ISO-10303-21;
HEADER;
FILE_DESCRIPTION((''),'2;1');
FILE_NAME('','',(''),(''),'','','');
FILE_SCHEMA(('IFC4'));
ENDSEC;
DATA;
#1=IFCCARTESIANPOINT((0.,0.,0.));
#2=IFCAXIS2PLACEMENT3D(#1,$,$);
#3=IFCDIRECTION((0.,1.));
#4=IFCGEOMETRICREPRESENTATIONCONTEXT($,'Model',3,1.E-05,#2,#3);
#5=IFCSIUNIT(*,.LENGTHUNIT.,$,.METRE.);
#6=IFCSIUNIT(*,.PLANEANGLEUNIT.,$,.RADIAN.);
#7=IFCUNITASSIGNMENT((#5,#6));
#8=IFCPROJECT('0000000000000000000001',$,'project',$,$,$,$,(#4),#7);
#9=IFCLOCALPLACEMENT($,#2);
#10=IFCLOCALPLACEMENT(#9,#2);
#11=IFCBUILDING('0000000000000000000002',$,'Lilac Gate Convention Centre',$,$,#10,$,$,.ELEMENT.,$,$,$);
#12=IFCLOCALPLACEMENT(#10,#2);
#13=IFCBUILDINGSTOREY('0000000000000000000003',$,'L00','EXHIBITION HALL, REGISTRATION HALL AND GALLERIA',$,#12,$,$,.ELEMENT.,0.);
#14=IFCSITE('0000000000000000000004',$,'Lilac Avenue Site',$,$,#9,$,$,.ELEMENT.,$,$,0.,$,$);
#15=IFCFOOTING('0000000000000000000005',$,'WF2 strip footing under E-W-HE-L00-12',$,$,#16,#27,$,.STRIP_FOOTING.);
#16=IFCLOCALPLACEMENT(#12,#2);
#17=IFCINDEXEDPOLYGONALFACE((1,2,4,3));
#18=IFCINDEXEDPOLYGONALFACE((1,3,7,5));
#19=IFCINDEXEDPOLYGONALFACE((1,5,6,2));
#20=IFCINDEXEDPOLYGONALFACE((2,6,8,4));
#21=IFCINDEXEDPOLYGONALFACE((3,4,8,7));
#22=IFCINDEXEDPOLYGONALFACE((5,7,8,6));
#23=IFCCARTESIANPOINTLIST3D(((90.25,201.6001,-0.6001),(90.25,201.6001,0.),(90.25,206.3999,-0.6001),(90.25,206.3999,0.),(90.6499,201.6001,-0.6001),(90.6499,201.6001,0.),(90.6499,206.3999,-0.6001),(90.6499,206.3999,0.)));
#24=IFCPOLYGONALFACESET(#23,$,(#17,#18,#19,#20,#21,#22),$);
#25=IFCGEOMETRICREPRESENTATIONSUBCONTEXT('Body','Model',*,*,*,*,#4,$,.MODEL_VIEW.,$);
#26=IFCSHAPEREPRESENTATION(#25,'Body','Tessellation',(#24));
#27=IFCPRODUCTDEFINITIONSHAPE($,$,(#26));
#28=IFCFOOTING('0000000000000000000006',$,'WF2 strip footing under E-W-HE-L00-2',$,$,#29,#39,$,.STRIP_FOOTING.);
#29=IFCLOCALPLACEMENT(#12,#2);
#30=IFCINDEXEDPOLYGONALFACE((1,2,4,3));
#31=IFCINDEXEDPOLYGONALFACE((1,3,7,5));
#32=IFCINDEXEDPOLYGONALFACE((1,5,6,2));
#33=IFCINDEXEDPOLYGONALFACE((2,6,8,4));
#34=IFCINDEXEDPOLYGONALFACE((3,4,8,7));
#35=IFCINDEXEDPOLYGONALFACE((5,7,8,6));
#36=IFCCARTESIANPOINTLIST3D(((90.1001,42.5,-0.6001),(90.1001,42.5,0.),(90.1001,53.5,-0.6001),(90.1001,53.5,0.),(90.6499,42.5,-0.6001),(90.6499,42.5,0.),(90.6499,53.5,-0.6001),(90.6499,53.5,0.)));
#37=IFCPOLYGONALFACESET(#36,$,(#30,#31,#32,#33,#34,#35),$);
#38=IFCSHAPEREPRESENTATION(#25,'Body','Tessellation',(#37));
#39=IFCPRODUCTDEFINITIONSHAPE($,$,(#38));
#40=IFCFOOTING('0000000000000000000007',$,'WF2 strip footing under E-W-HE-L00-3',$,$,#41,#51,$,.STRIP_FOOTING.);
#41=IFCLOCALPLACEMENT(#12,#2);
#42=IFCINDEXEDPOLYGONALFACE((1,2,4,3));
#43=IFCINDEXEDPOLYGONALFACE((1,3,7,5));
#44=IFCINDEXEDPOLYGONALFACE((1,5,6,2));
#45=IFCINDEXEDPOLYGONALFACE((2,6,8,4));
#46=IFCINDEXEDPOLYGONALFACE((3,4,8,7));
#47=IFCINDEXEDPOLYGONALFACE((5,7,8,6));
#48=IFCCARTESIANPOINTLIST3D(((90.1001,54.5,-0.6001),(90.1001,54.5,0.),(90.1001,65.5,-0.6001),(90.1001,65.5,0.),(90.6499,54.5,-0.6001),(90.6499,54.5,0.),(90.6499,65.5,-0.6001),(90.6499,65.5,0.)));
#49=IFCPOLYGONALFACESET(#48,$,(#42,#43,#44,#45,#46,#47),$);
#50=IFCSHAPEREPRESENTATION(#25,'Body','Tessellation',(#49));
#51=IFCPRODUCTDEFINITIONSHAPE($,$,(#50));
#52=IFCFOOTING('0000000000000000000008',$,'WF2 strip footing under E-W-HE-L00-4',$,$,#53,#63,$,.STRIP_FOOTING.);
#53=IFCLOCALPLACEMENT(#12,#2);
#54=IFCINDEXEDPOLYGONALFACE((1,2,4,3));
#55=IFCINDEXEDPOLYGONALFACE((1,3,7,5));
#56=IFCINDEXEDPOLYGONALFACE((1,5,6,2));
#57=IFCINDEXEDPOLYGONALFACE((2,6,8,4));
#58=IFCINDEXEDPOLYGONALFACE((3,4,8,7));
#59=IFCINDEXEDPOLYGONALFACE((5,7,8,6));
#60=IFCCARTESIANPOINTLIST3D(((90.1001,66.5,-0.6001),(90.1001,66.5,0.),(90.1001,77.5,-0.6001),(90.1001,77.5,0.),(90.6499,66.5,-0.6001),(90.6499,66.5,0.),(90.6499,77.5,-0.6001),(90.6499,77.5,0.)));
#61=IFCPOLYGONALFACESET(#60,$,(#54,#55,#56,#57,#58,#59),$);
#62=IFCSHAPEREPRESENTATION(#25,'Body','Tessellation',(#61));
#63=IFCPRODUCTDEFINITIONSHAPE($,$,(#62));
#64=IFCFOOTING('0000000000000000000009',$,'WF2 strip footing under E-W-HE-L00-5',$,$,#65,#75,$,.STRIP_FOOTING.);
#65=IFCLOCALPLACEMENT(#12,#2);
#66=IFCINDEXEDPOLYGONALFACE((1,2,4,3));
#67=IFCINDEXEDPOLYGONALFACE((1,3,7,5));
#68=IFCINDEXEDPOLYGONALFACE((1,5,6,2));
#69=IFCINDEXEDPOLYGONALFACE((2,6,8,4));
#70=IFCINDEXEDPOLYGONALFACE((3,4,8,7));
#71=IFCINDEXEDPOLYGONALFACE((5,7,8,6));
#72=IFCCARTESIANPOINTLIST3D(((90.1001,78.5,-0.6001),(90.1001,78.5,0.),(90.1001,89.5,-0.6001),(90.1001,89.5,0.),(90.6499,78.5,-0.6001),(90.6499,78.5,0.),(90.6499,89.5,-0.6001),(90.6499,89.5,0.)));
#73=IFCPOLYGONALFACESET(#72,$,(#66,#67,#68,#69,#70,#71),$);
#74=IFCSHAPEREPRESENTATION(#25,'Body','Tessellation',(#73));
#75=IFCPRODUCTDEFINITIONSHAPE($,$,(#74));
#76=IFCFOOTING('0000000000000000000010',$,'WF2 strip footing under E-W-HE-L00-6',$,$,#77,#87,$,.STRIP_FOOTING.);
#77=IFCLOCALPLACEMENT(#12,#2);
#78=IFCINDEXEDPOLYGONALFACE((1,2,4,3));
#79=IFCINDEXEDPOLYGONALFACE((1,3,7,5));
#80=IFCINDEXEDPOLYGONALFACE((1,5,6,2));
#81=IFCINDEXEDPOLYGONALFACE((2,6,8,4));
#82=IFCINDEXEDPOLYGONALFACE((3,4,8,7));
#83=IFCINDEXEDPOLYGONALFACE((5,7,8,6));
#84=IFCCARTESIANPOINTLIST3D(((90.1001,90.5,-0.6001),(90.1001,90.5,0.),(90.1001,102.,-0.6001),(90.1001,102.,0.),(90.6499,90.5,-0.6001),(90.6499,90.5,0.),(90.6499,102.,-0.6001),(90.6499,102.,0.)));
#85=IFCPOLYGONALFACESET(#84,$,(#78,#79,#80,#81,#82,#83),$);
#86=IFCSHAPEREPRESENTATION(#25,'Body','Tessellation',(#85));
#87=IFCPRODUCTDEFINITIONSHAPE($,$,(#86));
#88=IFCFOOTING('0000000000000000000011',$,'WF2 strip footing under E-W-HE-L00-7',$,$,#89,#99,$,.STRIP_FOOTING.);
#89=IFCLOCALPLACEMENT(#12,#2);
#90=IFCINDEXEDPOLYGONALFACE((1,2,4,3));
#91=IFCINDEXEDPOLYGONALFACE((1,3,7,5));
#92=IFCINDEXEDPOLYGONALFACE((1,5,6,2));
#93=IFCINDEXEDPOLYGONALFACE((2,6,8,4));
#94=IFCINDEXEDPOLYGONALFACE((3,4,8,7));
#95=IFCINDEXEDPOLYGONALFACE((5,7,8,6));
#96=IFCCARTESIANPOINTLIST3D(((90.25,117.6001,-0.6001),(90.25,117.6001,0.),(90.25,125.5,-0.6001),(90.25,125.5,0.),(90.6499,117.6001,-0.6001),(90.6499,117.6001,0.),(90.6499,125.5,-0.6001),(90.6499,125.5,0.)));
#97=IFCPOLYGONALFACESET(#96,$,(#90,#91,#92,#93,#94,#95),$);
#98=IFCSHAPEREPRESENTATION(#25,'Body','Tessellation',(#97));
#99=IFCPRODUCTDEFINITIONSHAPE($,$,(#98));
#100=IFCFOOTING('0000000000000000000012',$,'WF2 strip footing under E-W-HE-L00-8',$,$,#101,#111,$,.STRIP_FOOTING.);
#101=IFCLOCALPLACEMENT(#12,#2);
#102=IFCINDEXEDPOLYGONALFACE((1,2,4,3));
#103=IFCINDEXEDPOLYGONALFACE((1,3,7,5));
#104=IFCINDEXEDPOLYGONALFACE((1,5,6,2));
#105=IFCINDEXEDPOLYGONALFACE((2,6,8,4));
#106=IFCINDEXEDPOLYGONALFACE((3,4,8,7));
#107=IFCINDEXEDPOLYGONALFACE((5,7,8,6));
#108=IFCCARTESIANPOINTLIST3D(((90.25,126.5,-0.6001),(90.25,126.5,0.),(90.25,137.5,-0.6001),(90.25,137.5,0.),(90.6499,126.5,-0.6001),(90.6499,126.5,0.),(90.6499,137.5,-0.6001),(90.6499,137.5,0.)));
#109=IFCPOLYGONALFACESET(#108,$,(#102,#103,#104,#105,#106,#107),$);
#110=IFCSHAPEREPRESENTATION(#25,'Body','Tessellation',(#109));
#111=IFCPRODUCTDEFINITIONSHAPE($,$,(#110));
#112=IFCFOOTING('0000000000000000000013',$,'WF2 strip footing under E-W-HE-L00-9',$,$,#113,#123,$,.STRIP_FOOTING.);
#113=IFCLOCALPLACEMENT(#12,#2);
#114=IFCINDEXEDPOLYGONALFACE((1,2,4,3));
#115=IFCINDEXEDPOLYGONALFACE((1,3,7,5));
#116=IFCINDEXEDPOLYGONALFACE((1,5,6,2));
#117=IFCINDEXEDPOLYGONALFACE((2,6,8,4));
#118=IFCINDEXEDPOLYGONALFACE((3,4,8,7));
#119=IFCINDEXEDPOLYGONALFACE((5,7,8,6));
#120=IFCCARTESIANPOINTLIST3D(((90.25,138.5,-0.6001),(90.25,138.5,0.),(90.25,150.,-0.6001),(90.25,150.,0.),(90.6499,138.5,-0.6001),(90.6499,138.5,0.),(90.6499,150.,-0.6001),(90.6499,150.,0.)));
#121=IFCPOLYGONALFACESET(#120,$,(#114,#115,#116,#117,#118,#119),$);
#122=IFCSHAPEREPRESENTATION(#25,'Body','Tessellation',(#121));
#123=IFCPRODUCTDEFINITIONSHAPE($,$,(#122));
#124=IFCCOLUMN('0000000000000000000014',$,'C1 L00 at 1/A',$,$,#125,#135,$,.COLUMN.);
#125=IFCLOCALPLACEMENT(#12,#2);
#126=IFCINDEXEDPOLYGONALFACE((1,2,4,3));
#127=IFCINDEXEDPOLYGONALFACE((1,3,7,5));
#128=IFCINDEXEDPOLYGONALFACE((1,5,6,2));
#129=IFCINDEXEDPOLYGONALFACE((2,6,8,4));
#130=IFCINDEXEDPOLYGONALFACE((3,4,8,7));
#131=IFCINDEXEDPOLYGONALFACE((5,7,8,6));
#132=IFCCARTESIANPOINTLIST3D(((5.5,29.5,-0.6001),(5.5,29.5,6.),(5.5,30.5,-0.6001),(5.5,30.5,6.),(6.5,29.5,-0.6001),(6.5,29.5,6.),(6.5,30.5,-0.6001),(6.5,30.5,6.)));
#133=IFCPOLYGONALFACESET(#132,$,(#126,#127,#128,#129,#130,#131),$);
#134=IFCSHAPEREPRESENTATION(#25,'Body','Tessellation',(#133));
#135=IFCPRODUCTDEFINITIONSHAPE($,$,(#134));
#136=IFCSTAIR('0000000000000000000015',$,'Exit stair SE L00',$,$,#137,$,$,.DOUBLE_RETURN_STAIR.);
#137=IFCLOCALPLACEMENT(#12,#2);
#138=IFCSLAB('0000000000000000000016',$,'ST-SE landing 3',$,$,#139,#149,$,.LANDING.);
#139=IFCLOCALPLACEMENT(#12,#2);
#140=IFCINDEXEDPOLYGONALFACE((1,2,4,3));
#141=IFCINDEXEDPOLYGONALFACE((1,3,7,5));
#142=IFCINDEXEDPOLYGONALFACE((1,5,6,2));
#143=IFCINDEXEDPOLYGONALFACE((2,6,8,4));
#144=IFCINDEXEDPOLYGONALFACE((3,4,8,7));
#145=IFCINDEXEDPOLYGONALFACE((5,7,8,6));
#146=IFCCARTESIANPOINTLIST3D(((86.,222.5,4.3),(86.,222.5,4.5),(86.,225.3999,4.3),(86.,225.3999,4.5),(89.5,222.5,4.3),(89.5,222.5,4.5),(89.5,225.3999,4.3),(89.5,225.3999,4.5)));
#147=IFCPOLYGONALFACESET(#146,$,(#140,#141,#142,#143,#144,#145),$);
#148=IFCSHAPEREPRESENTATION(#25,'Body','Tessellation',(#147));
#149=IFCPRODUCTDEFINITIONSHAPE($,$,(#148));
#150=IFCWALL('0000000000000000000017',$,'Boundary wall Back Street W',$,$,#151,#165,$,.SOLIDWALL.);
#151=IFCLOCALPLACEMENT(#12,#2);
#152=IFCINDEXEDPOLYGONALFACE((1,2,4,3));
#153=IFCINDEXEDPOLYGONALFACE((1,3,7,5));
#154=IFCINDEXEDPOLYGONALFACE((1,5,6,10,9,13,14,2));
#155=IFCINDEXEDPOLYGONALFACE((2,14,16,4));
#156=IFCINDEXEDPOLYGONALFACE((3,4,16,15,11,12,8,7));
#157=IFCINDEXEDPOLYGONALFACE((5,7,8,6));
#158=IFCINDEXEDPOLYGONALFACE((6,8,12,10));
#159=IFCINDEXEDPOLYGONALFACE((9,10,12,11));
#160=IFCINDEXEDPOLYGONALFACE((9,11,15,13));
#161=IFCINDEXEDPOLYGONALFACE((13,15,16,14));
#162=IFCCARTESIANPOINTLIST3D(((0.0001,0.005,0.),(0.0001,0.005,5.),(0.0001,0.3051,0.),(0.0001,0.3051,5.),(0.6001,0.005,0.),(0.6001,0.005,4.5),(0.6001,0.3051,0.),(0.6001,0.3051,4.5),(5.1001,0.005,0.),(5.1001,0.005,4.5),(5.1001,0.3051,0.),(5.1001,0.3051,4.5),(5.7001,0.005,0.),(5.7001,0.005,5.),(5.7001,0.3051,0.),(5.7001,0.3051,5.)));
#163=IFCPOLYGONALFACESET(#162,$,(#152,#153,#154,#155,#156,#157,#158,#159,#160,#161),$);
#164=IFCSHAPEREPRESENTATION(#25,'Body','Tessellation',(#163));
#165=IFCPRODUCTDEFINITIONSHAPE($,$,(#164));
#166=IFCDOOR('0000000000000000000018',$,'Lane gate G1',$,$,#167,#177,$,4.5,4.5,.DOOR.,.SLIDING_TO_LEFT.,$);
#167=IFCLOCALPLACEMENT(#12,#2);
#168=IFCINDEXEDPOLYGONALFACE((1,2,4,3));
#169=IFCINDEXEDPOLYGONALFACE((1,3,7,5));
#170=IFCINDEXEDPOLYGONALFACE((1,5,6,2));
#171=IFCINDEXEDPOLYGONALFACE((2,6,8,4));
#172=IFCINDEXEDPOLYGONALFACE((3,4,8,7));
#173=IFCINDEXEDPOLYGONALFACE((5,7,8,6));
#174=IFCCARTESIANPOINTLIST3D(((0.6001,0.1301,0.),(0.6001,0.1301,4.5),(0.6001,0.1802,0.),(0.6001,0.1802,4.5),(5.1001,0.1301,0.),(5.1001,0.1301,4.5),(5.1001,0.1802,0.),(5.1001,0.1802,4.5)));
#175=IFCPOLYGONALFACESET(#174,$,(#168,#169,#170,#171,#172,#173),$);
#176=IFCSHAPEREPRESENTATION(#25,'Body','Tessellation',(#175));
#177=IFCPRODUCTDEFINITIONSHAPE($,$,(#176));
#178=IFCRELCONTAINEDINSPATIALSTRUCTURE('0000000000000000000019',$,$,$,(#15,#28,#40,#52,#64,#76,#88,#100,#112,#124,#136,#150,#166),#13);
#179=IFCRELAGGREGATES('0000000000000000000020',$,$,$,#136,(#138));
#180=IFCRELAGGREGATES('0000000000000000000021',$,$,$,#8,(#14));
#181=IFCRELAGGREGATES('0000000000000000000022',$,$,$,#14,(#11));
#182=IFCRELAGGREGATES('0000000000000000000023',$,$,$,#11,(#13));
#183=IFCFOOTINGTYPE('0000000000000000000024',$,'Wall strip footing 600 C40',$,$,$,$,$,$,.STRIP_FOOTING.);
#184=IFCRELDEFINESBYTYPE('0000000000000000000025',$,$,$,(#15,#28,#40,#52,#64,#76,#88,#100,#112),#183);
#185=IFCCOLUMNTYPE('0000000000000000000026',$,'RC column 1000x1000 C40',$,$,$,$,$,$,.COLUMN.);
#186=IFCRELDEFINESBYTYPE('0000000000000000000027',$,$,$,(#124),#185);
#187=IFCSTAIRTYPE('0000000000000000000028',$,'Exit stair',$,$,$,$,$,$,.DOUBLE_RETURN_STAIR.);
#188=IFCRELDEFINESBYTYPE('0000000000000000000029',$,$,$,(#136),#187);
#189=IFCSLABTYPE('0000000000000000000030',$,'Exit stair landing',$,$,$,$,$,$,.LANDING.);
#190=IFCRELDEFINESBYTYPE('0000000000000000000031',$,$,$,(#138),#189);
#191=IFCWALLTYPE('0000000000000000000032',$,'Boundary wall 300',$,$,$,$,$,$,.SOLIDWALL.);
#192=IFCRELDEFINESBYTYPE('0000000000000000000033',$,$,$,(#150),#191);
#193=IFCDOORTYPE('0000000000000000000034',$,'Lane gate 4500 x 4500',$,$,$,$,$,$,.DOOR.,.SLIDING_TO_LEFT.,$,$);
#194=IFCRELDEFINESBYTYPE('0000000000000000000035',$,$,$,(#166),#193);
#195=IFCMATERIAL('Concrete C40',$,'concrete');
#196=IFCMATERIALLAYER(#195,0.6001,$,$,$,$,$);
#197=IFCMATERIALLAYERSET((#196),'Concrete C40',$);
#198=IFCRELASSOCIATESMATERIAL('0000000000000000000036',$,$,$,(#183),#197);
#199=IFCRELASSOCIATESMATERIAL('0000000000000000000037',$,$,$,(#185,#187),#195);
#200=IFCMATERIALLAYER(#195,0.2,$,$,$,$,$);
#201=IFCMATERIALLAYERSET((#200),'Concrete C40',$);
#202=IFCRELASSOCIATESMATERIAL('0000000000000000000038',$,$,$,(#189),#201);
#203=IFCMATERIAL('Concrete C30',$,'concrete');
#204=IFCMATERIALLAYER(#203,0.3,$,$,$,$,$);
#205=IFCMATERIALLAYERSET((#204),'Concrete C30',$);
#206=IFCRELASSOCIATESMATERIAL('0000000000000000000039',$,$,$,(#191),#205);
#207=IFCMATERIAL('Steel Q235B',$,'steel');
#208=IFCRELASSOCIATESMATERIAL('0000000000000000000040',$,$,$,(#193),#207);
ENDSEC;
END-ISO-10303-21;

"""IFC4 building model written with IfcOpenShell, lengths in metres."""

from ifc_helpers import new_model, si_unit, direction, frame, frame_2d, origin, origin_2d, place, context, subcontext, project, spatial, polyline, rectangle, outline, extrude, material, layer, layer_set, material_profile, profile_set, type_object, element, fill, aggregate, save


model = new_model("IFC4")

# Units and contexts
model_context = context("Model", 3, precision=1e-05, world=origin(), true_north=direction((0.0, 1.0)))
body_context = subcontext(model_context, "Body", "Model", "MODEL_VIEW")
ifc_project = project(units=[si_unit("LENGTHUNIT", "METRE"), si_unit("PLANEANGLEUNIT", "RADIAN")], contexts=[model_context])

# Site, building, storey
site_placement = place(None, origin())
site = spatial("IfcSite", under=ifc_project, at=site_placement, Name="Lilac Avenue Site", CompositionType="ELEMENT", RefElevation=0.0)
building_placement = place(site_placement, origin())
building = spatial("IfcBuilding", under=site, at=building_placement, Name="Lilac Gate Convention Centre", CompositionType="ELEMENT")
storey_placement = place(building_placement, origin())
storey = spatial("IfcBuildingStorey", under=building, at=storey_placement, Name="L00", Description="EXHIBITION HALL, REGISTRATION HALL AND GALLERIA", CompositionType="ELEMENT", Elevation=0.0)

# Footings
ifc_material_1 = material(Name="Concrete C40", Category="concrete")
ifc_layer_1 = layer(ifc_material_1, 0.6001)
ifc_layer_set_1 = layer_set([ifc_layer_1], Name="Concrete C40")
footing_type_1 = type_object("IfcFootingType", Name="Wall strip footing 600 C40", PredefinedType="STRIP_FOOTING", material=ifc_layer_set_1)
footing_1_placement = place(storey_placement, frame((0.0, 0.0, -0.6001)))
element("IfcFooting", 1, at=footing_1_placement, inside=storey, type_object=footing_type_1, Name="WF2 strip footing under E-W-HE-L00-12", PredefinedType="STRIP_FOOTING", context=body_context, shape_type="SweptSolid", body=[
    extrude(outline(polyline([(90.25, 201.6001), (90.6499, 201.6001), (90.6499, 206.3999), (90.25, 206.3999), (90.25, 201.6001)])), origin(), (0.0, 0.0, 1.0), 0.6001),
])
footing_2_placement = place(storey_placement, frame((0.0, 0.0, -0.6001)))
element("IfcFooting", 2, at=footing_2_placement, inside=storey, type_object=footing_type_1, Name="WF2 strip footing under E-W-HE-L00-2", PredefinedType="STRIP_FOOTING", context=body_context, shape_type="SweptSolid", body=[
    extrude(outline(polyline([(90.1001, 42.5), (90.6499, 42.5), (90.6499, 53.5), (90.1001, 53.5), (90.1001, 42.5)])), origin(), (0.0, 0.0, 1.0), 0.6001),
])
footing_3_placement = place(storey_placement, frame((0.0, 0.0, -0.6001)))
element("IfcFooting", 3, at=footing_3_placement, inside=storey, type_object=footing_type_1, Name="WF2 strip footing under E-W-HE-L00-3", PredefinedType="STRIP_FOOTING", context=body_context, shape_type="SweptSolid", body=[
    extrude(outline(polyline([(90.1001, 54.5), (90.6499, 54.5), (90.6499, 65.5), (90.1001, 65.5), (90.1001, 54.5)])), origin(), (0.0, 0.0, 1.0), 0.6001),
])
footing_4_placement = place(storey_placement, frame((0.0, 0.0, -0.6001)))
element("IfcFooting", 4, at=footing_4_placement, inside=storey, type_object=footing_type_1, Name="WF2 strip footing under E-W-HE-L00-4", PredefinedType="STRIP_FOOTING", context=body_context, shape_type="SweptSolid", body=[
    extrude(outline(polyline([(90.1001, 66.5), (90.6499, 66.5), (90.6499, 77.5), (90.1001, 77.5), (90.1001, 66.5)])), origin(), (0.0, 0.0, 1.0), 0.6001),
])
footing_5_placement = place(storey_placement, frame((0.0, 0.0, -0.6001)))
element("IfcFooting", 5, at=footing_5_placement, inside=storey, type_object=footing_type_1, Name="WF2 strip footing under E-W-HE-L00-5", PredefinedType="STRIP_FOOTING", context=body_context, shape_type="SweptSolid", body=[
    extrude(outline(polyline([(90.1001, 78.5), (90.6499, 78.5), (90.6499, 89.5), (90.1001, 89.5), (90.1001, 78.5)])), origin(), (0.0, 0.0, 1.0), 0.6001),
])
footing_6_placement = place(storey_placement, frame((0.0, 0.0, -0.6001)))
element("IfcFooting", 6, at=footing_6_placement, inside=storey, type_object=footing_type_1, Name="WF2 strip footing under E-W-HE-L00-6", PredefinedType="STRIP_FOOTING", context=body_context, shape_type="SweptSolid", body=[
    extrude(outline(polyline([(90.1001, 90.5), (90.6499, 90.5), (90.6499, 102.0), (90.1001, 102.0), (90.1001, 90.5)])), origin(), (0.0, 0.0, 1.0), 0.6001),
])
footing_7_placement = place(storey_placement, frame((0.0, 0.0, -0.6001)))
element("IfcFooting", 7, at=footing_7_placement, inside=storey, type_object=footing_type_1, Name="WF2 strip footing under E-W-HE-L00-7", PredefinedType="STRIP_FOOTING", context=body_context, shape_type="SweptSolid", body=[
    extrude(outline(polyline([(90.25, 117.6001), (90.6499, 117.6001), (90.6499, 125.5), (90.25, 125.5), (90.25, 117.6001)])), origin(), (0.0, 0.0, 1.0), 0.6001),
])
footing_8_placement = place(storey_placement, frame((0.0, 0.0, -0.6001)))
element("IfcFooting", 8, at=footing_8_placement, inside=storey, type_object=footing_type_1, Name="WF2 strip footing under E-W-HE-L00-8", PredefinedType="STRIP_FOOTING", context=body_context, shape_type="SweptSolid", body=[
    extrude(outline(polyline([(90.25, 126.5), (90.6499, 126.5), (90.6499, 137.5), (90.25, 137.5), (90.25, 126.5)])), origin(), (0.0, 0.0, 1.0), 0.6001),
])
footing_9_placement = place(storey_placement, frame((0.0, 0.0, -0.6001)))
element("IfcFooting", 9, at=footing_9_placement, inside=storey, type_object=footing_type_1, Name="WF2 strip footing under E-W-HE-L00-9", PredefinedType="STRIP_FOOTING", context=body_context, shape_type="SweptSolid", body=[
    extrude(outline(polyline([(90.25, 138.5), (90.6499, 138.5), (90.6499, 150.0), (90.25, 150.0), (90.25, 138.5)])), origin(), (0.0, 0.0, 1.0), 0.6001),
])

# Column
ifc_material_profile_1 = material_profile(ifc_material_1, rectangle(XDim=1.0, YDim=1.0, at=origin_2d()), Name="RC 1000x1000")
ifc_profile_set_1 = profile_set([ifc_material_profile_1], Name="Concrete C40")
column_type = type_object("IfcColumnType", Name="RC column 1000x1000 C40", PredefinedType="COLUMN", material=ifc_profile_set_1)
column_placement = place(storey_placement, frame((6.0, 30.0, -0.6001), z_axis=(0.0, 0.0, 1.0), x_axis=(1.0, 0.0, 0.0)))
element("IfcColumn", 10, at=column_placement, inside=storey, type_object=column_type, Name="C1 L00 at 1/A", PredefinedType="COLUMN", context=body_context, shape_type="SweptSolid", body=[
    extrude(rectangle(XDim=1.0, YDim=1.0, at=origin_2d()), origin(), (0.0, 0.0, 1.0), 6.6001),
])

# Stair, slab
stair_type = type_object("IfcStairType", Name="Exit stair", PredefinedType="DOUBLE_RETURN_STAIR", material=ifc_material_1)
stair_placement = place(storey_placement, origin())
stair = element("IfcStair", 11, at=stair_placement, inside=storey, type_object=stair_type, Name="Exit stair SE L00", PredefinedType="DOUBLE_RETURN_STAIR")
ifc_layer_2 = layer(ifc_material_1, 0.2)
ifc_layer_set_2 = layer_set([ifc_layer_2], Name="Concrete C40")
slab_type = type_object("IfcSlabType", Name="Exit stair landing", PredefinedType="LANDING", material=ifc_layer_set_2)
slab_placement = place(storey_placement, frame((0.0, 0.0, 4.3)))
slab = element("IfcSlab", 12, at=slab_placement, type_object=slab_type, Name="ST-SE landing 3", PredefinedType="LANDING", context=body_context, shape_type="SweptSolid", body=[
    extrude(outline(polyline([(86.0, 222.5), (89.5, 222.5), (89.5, 225.3999), (86.0, 225.3999), (86.0, 222.5)])), origin(), (0.0, 0.0, 1.0), 0.2),
])
aggregate(stair, [slab])

# Wall, opening, door
ifc_material_2 = material(Name="Concrete C30", Category="concrete")
ifc_layer_3 = layer(ifc_material_2, 0.3)
ifc_layer_set_3 = layer_set([ifc_layer_3], Name="Concrete C30")
wall_type_1 = type_object("IfcWallType", Name="Boundary wall 300", PredefinedType="SOLIDWALL", material=ifc_layer_set_3)
wall_1_placement = place(storey_placement, frame((0.0, 0.155, 0.0), z_axis=(0.0, 0.0, 1.0), x_axis=(1.0, 0.0, 0.0)))
wall_1 = element("IfcWall", 13, at=wall_1_placement, inside=storey, type_object=wall_type_1, Name="Boundary wall Back Street W", PredefinedType="SOLIDWALL", context=body_context, shape_type="SweptSolid", body=[
    extrude(rectangle(XDim=5.7, YDim=0.3, at=frame_2d((2.8501, 0.0))), origin(), (0.0, 0.0, 1.0), 5.0),
])
opening_1_placement = place(wall_1_placement, frame((0.6001, 0.0, 0.0)))
opening_1 = element("IfcOpeningElement", 14, at=opening_1_placement, cuts=wall_1, PredefinedType="OPENING", context=body_context, shape_type="SweptSolid", body=[
    extrude(rectangle(XDim=4.5, YDim=4.5, at=frame_2d((2.25, 2.25))), frame((0.0, 0.1599, 0.0), z_axis=(0.0, -1.0, 0.0), x_axis=(1.0, 0.0, 0.0)), (0.0, 0.0, 1.0), 0.3201),
])
ifc_material_3 = material(Name="Steel Q235B", Category="steel")
door_type_1 = type_object("IfcDoorType", Name="Lane gate 4500 x 4500", OperationType="SLIDING_TO_LEFT", PredefinedType="DOOR", material=ifc_material_3)
door_1_placement = place(opening_1_placement, frame((4.5, 0.0, 0.0), z_axis=(0.0, 0.0, 1.0), x_axis=(-1.0, 0.0, 0.0)))
door_1 = element("IfcDoor", 15, at=door_1_placement, inside=storey, type_object=door_type_1, Name="Lane gate G1", OperationType="SLIDING_TO_LEFT", OverallHeight=4.5, OverallWidth=4.5, PredefinedType="DOOR", context=body_context, shape_type="SweptSolid", body=[
    extrude(rectangle(XDim=4.5, YDim=4.5, at=frame_2d((2.25, 2.25))), frame((0.0, 0.0249, 0.0), z_axis=(0.0, -1.0, 0.0), x_axis=(1.0, 0.0, 0.0)), (0.0, 0.0, 1.0), 0.05),
])
fill(opening_1, door_1)

save(model, "model.ifc")
